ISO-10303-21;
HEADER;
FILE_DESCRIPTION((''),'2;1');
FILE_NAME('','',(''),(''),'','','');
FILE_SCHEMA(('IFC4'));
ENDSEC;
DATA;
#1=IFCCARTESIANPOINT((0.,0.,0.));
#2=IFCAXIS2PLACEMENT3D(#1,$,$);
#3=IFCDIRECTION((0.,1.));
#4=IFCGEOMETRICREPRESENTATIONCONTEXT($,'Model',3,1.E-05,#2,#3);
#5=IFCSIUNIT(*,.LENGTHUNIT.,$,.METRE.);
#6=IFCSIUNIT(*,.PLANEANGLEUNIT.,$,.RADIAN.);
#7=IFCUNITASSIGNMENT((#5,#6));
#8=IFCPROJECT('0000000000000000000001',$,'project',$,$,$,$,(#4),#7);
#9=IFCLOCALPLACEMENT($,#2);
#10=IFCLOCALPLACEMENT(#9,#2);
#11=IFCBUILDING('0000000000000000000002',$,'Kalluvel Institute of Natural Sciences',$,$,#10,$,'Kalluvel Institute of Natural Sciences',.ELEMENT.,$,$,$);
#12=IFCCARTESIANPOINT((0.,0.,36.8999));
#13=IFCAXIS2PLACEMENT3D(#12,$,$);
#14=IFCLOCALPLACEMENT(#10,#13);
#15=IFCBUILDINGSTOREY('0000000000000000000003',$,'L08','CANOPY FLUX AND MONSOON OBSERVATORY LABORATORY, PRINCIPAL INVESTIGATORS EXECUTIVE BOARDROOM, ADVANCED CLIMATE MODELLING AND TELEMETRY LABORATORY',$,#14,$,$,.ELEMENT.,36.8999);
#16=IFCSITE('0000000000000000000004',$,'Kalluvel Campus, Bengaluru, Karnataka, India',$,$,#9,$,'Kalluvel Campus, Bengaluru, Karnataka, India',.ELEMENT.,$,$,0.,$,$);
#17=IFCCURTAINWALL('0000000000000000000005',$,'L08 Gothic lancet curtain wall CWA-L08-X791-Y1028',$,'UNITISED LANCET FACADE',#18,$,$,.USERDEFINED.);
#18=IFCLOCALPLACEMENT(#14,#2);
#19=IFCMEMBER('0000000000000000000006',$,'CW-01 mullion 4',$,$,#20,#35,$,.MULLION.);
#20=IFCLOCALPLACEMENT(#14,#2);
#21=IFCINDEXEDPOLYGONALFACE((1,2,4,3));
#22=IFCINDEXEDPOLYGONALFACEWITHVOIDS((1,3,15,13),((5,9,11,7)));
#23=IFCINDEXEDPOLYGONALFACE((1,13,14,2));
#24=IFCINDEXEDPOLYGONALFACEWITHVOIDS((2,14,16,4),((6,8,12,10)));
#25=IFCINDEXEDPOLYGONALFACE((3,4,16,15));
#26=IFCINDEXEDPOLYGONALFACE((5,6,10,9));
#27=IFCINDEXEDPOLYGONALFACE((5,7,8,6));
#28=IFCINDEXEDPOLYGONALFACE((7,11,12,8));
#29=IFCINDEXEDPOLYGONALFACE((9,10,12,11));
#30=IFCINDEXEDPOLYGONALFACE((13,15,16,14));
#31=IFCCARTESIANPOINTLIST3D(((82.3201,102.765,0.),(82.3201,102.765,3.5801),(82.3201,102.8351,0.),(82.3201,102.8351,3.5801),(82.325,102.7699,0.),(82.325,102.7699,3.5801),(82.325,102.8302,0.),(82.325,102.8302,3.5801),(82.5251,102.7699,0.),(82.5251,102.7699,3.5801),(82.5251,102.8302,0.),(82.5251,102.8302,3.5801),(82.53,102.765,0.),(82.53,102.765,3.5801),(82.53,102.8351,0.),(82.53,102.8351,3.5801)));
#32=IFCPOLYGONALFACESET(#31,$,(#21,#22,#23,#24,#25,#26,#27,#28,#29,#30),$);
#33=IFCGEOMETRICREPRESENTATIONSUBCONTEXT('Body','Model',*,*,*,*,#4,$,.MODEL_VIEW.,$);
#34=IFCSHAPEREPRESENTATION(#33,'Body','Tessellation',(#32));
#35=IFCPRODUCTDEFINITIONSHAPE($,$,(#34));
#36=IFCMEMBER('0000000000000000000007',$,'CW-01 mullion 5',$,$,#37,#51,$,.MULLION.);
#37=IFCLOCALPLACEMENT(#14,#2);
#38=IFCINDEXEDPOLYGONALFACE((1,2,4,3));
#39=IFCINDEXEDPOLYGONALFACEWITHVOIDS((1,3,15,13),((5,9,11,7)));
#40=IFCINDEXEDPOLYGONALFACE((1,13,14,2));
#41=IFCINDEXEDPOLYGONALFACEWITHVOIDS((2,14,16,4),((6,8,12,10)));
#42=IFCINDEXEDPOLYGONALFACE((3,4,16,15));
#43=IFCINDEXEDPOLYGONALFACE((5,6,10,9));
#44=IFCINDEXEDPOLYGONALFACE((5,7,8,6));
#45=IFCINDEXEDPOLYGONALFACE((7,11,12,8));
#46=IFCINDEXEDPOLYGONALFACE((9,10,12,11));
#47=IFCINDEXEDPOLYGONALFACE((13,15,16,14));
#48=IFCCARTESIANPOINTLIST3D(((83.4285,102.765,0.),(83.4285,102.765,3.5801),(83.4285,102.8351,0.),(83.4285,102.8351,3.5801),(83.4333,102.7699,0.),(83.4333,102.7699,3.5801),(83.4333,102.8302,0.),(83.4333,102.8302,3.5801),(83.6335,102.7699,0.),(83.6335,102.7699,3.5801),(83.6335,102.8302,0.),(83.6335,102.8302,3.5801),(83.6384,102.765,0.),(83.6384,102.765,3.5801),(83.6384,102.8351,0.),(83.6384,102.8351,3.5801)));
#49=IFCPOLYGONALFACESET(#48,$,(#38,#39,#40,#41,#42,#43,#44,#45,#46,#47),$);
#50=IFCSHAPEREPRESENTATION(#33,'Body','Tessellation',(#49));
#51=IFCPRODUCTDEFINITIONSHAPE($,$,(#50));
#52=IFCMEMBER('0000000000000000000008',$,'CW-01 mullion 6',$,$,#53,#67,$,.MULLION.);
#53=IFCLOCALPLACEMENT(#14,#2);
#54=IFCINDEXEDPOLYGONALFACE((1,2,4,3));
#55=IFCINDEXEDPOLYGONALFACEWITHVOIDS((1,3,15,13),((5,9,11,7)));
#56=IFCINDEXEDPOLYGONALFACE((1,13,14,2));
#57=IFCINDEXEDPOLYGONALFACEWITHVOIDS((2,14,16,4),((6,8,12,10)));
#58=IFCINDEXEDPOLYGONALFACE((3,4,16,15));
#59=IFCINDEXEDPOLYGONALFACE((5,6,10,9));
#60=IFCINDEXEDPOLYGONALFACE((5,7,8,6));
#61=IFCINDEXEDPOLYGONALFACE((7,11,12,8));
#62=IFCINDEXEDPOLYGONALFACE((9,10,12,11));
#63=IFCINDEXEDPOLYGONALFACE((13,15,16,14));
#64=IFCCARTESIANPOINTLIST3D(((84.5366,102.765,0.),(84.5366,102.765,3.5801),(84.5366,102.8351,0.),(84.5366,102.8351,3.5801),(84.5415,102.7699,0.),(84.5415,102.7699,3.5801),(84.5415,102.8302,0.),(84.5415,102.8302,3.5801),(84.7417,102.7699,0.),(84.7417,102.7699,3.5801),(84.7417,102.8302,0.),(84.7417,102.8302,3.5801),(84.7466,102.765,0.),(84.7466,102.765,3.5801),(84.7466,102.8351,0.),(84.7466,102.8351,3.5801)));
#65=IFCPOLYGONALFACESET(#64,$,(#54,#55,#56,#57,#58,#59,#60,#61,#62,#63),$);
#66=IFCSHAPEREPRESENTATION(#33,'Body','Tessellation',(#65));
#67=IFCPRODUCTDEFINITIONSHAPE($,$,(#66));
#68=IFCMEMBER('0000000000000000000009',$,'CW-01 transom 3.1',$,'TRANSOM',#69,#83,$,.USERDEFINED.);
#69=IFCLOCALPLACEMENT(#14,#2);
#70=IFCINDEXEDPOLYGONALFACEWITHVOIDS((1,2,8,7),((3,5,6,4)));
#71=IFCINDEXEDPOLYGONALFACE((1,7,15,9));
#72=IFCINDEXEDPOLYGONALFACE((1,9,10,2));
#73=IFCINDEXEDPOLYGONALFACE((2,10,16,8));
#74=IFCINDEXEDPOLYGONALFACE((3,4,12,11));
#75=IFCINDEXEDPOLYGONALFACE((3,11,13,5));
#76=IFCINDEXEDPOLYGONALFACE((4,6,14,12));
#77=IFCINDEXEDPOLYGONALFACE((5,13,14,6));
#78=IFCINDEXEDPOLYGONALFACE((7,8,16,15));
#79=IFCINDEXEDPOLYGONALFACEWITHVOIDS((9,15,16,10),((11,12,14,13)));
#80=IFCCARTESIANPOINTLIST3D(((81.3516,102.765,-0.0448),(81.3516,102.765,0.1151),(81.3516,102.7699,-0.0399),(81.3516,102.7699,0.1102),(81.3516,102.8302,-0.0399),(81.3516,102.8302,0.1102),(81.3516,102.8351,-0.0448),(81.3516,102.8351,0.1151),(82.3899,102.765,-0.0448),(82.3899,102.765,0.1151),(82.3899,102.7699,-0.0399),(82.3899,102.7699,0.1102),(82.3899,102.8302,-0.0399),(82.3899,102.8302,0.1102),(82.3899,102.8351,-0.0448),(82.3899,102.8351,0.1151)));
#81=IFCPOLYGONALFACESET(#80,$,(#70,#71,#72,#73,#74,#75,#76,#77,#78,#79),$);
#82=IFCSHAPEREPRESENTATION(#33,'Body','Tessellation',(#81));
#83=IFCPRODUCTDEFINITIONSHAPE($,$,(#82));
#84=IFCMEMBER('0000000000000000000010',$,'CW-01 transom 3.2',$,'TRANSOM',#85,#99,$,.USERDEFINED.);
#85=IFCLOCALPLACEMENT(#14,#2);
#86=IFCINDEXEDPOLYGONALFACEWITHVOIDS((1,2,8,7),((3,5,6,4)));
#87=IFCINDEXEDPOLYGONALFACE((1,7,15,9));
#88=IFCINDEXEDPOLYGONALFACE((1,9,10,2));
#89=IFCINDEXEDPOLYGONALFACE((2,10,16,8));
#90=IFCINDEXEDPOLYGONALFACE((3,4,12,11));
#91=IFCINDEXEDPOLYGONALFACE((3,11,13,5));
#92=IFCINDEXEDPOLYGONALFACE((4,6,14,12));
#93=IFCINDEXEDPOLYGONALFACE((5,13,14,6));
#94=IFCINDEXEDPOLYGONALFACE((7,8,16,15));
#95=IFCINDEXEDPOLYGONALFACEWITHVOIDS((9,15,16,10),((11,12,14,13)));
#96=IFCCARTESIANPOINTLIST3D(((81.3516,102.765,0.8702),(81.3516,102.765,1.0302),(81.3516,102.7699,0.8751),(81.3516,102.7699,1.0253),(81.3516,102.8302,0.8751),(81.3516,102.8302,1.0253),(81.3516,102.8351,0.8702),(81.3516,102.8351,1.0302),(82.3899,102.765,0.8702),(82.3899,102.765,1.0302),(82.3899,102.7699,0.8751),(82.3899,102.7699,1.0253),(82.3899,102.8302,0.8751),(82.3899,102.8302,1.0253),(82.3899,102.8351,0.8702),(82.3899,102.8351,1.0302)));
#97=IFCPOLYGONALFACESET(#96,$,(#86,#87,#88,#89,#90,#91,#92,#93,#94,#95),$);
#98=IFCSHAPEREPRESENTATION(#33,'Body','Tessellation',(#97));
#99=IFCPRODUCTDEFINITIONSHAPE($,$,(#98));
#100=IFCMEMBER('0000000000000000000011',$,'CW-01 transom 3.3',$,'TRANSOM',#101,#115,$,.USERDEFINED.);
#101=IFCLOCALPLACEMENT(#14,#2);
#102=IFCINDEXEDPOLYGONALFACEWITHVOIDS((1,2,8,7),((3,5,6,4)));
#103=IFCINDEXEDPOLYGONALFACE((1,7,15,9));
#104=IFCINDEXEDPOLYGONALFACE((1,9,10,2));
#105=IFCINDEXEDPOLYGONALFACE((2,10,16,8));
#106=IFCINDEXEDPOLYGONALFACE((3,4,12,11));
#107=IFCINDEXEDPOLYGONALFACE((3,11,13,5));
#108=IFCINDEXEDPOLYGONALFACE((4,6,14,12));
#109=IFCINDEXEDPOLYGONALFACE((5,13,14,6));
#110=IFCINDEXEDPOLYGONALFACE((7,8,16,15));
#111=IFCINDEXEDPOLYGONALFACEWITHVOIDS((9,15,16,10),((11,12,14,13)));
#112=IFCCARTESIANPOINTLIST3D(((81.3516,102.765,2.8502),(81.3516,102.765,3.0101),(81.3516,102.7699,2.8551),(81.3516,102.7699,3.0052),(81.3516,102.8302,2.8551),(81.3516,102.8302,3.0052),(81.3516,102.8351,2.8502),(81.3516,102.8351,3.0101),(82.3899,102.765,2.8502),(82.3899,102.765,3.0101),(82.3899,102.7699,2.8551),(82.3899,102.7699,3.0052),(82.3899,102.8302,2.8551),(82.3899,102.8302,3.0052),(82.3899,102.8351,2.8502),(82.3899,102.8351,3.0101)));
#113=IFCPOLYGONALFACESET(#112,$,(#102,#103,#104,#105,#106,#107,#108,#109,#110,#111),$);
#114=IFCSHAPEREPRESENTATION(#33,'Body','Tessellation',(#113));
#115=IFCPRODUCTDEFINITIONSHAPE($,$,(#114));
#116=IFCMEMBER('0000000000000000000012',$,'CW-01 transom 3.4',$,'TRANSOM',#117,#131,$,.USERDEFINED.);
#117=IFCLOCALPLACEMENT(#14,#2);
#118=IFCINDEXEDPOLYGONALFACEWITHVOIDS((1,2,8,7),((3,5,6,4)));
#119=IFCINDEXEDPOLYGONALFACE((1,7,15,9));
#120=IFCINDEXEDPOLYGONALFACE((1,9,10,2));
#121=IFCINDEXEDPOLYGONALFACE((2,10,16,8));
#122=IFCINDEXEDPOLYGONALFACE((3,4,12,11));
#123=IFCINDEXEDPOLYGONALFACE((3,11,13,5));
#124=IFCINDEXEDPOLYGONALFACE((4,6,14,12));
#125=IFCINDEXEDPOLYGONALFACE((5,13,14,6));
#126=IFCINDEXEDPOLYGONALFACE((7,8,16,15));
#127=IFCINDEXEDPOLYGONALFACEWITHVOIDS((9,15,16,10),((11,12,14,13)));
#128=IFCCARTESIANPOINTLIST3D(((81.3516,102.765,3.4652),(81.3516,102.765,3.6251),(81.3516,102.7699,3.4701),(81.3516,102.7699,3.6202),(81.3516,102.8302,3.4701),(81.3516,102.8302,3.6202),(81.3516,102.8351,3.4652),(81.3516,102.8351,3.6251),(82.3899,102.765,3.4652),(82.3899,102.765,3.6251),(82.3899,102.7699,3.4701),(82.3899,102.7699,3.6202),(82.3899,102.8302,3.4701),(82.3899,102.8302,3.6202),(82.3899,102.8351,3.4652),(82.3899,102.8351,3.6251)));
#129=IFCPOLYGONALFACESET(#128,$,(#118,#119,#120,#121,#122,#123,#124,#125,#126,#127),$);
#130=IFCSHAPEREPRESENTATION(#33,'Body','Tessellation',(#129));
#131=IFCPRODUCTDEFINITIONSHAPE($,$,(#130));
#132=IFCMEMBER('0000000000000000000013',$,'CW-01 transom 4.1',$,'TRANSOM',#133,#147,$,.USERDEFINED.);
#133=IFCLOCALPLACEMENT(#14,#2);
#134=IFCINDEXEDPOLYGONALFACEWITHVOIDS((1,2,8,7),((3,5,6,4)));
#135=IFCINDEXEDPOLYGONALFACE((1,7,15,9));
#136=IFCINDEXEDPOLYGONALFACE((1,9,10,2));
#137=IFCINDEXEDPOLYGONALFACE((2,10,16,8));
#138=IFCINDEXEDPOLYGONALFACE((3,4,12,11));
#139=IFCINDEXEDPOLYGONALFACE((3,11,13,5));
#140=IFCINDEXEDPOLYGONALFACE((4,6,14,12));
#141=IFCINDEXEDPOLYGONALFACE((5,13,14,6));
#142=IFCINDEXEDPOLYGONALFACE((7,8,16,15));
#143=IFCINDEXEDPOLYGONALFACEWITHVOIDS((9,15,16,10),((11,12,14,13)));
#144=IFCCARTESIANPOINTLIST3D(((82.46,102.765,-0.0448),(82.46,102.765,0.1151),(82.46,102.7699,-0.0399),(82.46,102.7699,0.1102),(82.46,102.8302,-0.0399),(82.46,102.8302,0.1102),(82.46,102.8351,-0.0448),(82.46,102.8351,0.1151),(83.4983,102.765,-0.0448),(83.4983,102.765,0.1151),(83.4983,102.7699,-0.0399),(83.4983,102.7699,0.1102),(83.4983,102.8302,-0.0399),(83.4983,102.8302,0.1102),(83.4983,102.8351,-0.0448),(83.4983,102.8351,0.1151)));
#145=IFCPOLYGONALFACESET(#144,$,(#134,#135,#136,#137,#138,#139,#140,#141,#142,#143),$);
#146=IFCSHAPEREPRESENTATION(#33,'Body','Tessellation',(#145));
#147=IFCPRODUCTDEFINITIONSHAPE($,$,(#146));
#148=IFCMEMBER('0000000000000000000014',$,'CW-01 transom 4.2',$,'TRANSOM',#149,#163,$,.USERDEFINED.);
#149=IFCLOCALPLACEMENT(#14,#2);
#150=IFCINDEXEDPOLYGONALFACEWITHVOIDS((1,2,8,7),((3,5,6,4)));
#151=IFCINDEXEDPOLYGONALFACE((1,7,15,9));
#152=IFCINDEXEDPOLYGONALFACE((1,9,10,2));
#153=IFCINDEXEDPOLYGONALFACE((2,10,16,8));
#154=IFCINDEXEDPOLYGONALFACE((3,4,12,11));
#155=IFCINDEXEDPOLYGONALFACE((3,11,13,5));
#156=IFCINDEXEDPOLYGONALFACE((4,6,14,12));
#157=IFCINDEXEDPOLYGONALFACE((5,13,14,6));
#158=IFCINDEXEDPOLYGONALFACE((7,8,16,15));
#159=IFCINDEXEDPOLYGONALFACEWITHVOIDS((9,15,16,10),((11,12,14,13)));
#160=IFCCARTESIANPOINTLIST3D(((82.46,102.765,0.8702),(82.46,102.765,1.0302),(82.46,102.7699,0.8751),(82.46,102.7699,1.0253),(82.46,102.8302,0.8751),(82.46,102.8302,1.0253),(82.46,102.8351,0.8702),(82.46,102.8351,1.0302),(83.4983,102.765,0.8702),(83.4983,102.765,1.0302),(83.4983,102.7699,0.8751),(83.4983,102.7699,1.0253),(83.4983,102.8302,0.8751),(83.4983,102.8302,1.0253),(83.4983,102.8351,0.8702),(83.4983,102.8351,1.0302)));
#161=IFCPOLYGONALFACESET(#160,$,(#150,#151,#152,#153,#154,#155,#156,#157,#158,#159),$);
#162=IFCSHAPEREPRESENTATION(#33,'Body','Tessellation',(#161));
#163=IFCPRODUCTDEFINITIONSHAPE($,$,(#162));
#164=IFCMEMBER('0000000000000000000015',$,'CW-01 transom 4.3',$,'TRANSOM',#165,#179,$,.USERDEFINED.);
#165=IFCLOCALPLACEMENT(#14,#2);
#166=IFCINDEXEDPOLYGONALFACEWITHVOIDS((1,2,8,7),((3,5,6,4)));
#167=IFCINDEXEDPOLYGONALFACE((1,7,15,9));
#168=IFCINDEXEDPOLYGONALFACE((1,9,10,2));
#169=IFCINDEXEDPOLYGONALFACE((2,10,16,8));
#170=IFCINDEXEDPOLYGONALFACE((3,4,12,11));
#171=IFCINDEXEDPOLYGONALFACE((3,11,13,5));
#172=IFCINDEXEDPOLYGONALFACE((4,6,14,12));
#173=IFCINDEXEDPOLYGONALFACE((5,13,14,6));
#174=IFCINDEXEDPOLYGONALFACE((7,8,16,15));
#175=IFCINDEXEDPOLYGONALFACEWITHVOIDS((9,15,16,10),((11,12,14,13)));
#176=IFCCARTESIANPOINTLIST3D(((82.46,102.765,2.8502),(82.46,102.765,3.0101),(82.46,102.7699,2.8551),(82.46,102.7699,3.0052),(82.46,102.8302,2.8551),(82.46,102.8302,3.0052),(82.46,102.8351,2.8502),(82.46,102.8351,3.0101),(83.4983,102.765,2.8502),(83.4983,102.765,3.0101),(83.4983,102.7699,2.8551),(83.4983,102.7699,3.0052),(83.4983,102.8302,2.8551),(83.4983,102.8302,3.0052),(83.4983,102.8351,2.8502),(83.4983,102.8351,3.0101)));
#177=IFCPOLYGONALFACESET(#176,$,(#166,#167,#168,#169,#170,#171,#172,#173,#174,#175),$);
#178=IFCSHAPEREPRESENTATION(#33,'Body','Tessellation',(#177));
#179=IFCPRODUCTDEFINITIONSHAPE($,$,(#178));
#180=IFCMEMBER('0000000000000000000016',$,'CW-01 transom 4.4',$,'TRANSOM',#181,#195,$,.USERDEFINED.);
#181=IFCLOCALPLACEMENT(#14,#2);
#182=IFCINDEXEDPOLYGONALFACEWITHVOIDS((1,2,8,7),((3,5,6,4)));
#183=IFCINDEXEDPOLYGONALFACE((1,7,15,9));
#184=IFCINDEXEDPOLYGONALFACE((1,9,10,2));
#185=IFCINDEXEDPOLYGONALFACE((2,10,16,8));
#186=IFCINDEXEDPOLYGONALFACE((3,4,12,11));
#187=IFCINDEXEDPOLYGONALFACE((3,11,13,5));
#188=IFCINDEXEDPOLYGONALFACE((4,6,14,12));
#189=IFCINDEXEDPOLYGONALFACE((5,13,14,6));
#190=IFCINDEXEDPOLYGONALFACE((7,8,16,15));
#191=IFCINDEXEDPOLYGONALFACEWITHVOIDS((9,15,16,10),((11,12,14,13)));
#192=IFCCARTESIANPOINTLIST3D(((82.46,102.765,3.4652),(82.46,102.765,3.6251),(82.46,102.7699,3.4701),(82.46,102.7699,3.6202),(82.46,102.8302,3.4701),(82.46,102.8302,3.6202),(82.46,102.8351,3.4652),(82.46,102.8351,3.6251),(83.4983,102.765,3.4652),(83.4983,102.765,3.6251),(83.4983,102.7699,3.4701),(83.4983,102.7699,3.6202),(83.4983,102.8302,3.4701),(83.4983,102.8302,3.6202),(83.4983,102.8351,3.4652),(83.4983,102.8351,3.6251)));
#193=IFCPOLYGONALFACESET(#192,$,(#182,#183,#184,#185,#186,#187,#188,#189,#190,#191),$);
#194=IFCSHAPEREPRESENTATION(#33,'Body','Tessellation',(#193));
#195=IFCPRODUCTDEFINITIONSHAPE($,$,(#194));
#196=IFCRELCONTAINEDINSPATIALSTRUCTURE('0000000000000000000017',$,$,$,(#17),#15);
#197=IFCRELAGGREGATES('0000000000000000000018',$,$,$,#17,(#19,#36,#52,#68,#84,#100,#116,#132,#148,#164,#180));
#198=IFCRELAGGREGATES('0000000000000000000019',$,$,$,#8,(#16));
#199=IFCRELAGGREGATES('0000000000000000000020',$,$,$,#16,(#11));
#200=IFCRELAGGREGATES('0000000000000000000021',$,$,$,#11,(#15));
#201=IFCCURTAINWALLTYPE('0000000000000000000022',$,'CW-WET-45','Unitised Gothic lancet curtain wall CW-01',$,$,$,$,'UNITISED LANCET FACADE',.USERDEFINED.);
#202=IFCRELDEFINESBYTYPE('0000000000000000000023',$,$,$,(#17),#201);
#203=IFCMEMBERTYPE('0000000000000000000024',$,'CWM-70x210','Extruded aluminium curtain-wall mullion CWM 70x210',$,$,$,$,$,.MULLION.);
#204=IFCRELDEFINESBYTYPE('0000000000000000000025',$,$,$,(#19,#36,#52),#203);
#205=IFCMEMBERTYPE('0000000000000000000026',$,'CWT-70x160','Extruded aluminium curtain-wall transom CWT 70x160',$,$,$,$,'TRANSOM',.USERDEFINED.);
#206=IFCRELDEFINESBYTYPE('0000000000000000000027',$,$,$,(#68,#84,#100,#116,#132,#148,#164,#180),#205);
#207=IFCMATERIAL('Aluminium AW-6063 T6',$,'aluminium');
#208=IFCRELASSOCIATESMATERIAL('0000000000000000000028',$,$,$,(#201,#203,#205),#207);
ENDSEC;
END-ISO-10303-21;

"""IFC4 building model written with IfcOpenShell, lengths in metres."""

from ifc_helpers import new_model, si_unit, direction, frame, origin, origin_2d, place, context, subcontext, project, spatial, hollow_rectangle, extrude, material, material_profile, profile_set, type_object, element, aggregate, save


model = new_model("IFC4")

# Units and contexts
model_context = context("Model", 3, precision=1e-05, world=origin(), true_north=direction((0.0, 1.0)))
body_context = subcontext(model_context, "Body", "Model", "MODEL_VIEW")
ifc_project = project(units=[si_unit("LENGTHUNIT", "METRE"), si_unit("PLANEANGLEUNIT", "RADIAN")], contexts=[model_context])

# Site, building, storey
site_placement = place(None, origin())
site = spatial("IfcSite", under=ifc_project, at=site_placement, Name="Kalluvel Campus, Bengaluru, Karnataka, India", LongName="Kalluvel Campus, Bengaluru, Karnataka, India", CompositionType="ELEMENT", RefElevation=0.0)
building_placement = place(site_placement, origin())
building = spatial("IfcBuilding", under=site, at=building_placement, Name="Kalluvel Institute of Natural Sciences", LongName="Kalluvel Institute of Natural Sciences", CompositionType="ELEMENT")
storey_placement = place(building_placement, frame((0.0, 0.0, 36.8999)))
storey = spatial("IfcBuildingStorey", under=building, at=storey_placement, Name="L08", Description="CANOPY FLUX AND MONSOON OBSERVATORY LABORATORY, PRINCIPAL INVESTIGATORS EXECUTIVE BOARDROOM, ADVANCED CLIMATE MODELLING AND TELEMETRY LABORATORY", CompositionType="ELEMENT", Elevation=36.8999)

# Curtain wall, members
ifc_material_1 = material(Name="Aluminium AW-6063 T6", Category="aluminium")
curtain_wall_type = type_object("IfcCurtainWallType", Name="CW-WET-45", Description="Unitised Gothic lancet curtain wall CW-01", ElementType="UNITISED LANCET FACADE", PredefinedType="USERDEFINED", material=ifc_material_1)
curtain_wall_placement = place(storey_placement, origin())
curtain_wall = element("IfcCurtainWall", 1, at=curtain_wall_placement, inside=storey, type_object=curtain_wall_type, Name="L08 Gothic lancet curtain wall CWA-L08-X791-Y1028", ObjectType="UNITISED LANCET FACADE", PredefinedType="USERDEFINED")
ifc_material_profile_1 = material_profile(ifc_material_1, hollow_rectangle(XDim=0.0701, YDim=0.21, WallThickness=0.0049, at=origin_2d()), Name="CWM 70x210")
ifc_profile_set_1 = profile_set([ifc_material_profile_1], Name="Aluminium AW-6063 T6")
member_type_1 = type_object("IfcMemberType", Name="CWM-70x210", Description="Extruded aluminium curtain-wall mullion CWM 70x210", PredefinedType="MULLION", material=ifc_profile_set_1)
member_1_placement = place(storey_placement, frame((82.425, 102.8, 0.0), z_axis=(0.0, 0.0, 1.0), x_axis=(0.0, 1.0, 0.0)))
member_1 = element("IfcMember", 2, at=member_1_placement, type_object=member_type_1, Name="CW-01 mullion 4", PredefinedType="MULLION", context=body_context, shape_type="SweptSolid", body=[
    extrude(hollow_rectangle(XDim=0.0701, YDim=0.21, WallThickness=0.0049, at=origin_2d()), origin(), (0.0, 0.0, 1.0), 3.5801),
])
member_2_placement = place(storey_placement, frame((83.5334, 102.8, 0.0), z_axis=(0.0, 0.0, 1.0), x_axis=(0.0, 1.0, 0.0)))
member_2 = element("IfcMember", 3, at=member_2_placement, type_object=member_type_1, Name="CW-01 mullion 5", PredefinedType="MULLION", context=body_context, shape_type="SweptSolid", body=[
    extrude(hollow_rectangle(XDim=0.0701, YDim=0.21, WallThickness=0.0049, at=origin_2d()), origin(), (0.0, 0.0, 1.0), 3.5801),
])
member_3_placement = place(storey_placement, frame((84.6416, 102.8, 0.0), z_axis=(0.0, 0.0, 1.0), x_axis=(0.0, 1.0, 0.0)))
member_3 = element("IfcMember", 4, at=member_3_placement, type_object=member_type_1, Name="CW-01 mullion 6", PredefinedType="MULLION", context=body_context, shape_type="SweptSolid", body=[
    extrude(hollow_rectangle(XDim=0.0701, YDim=0.21, WallThickness=0.0049, at=origin_2d()), origin(), (0.0, 0.0, 1.0), 3.5801),
])
ifc_material_profile_2 = material_profile(ifc_material_1, hollow_rectangle(XDim=0.0701, YDim=0.1599, WallThickness=0.0049, at=origin_2d()), Name="CWT 70x160")
ifc_profile_set_2 = profile_set([ifc_material_profile_2], Name="Aluminium AW-6063 T6")
member_type_2 = type_object("IfcMemberType", Name="CWT-70x160", Description="Extruded aluminium curtain-wall transom CWT 70x160", ElementType="TRANSOM", PredefinedType="USERDEFINED", material=ifc_profile_set_2)
member_4_placement = place(storey_placement, frame((81.3516, 102.8, 0.0352), z_axis=(1.0, 0.0, 0.0), x_axis=(0.0, 1.0, 0.0)))
member_4 = element("IfcMember", 5, at=member_4_placement, type_object=member_type_2, Name="CW-01 transom 3.1", ObjectType="TRANSOM", PredefinedType="USERDEFINED", context=body_context, shape_type="SweptSolid", body=[
    extrude(hollow_rectangle(XDim=0.0701, YDim=0.1599, WallThickness=0.0049, at=origin_2d()), origin(), (0.0, 0.0, 1.0), 1.0383),
])
member_5_placement = place(storey_placement, frame((81.3516, 102.8, 0.9502), z_axis=(1.0, 0.0, 0.0), x_axis=(0.0, 1.0, 0.0)))
member_5 = element("IfcMember", 6, at=member_5_placement, type_object=member_type_2, Name="CW-01 transom 3.2", ObjectType="TRANSOM", PredefinedType="USERDEFINED", context=body_context, shape_type="SweptSolid", body=[
    extrude(hollow_rectangle(XDim=0.0701, YDim=0.1599, WallThickness=0.0049, at=origin_2d()), origin(), (0.0, 0.0, 1.0), 1.0383),
])
member_6_placement = place(storey_placement, frame((81.3516, 102.8, 2.9302), z_axis=(1.0, 0.0, 0.0), x_axis=(0.0, 1.0, 0.0)))
member_6 = element("IfcMember", 7, at=member_6_placement, type_object=member_type_2, Name="CW-01 transom 3.3", ObjectType="TRANSOM", PredefinedType="USERDEFINED", context=body_context, shape_type="SweptSolid", body=[
    extrude(hollow_rectangle(XDim=0.0701, YDim=0.1599, WallThickness=0.0049, at=origin_2d()), origin(), (0.0, 0.0, 1.0), 1.0383),
])
member_7_placement = place(storey_placement, frame((81.3516, 102.8, 3.5452), z_axis=(1.0, 0.0, 0.0), x_axis=(0.0, 1.0, 0.0)))
member_7 = element("IfcMember", 8, at=member_7_placement, type_object=member_type_2, Name="CW-01 transom 3.4", ObjectType="TRANSOM", PredefinedType="USERDEFINED", context=body_context, shape_type="SweptSolid", body=[
    extrude(hollow_rectangle(XDim=0.0701, YDim=0.1599, WallThickness=0.0049, at=origin_2d()), origin(), (0.0, 0.0, 1.0), 1.0383),
])
member_8_placement = place(storey_placement, frame((82.46, 102.8, 0.0352), z_axis=(1.0, 0.0, 0.0), x_axis=(0.0, 1.0, 0.0)))
member_8 = element("IfcMember", 9, at=member_8_placement, type_object=member_type_2, Name="CW-01 transom 4.1", ObjectType="TRANSOM", PredefinedType="USERDEFINED", context=body_context, shape_type="SweptSolid", body=[
    extrude(hollow_rectangle(XDim=0.0701, YDim=0.1599, WallThickness=0.0049, at=origin_2d()), origin(), (0.0, 0.0, 1.0), 1.0383),
])
member_9_placement = place(storey_placement, frame((82.46, 102.8, 0.9502), z_axis=(1.0, 0.0, 0.0), x_axis=(0.0, 1.0, 0.0)))
member_9 = element("IfcMember", 10, at=member_9_placement, type_object=member_type_2, Name="CW-01 transom 4.2", ObjectType="TRANSOM", PredefinedType="USERDEFINED", context=body_context, shape_type="SweptSolid", body=[
    extrude(hollow_rectangle(XDim=0.0701, YDim=0.1599, WallThickness=0.0049, at=origin_2d()), origin(), (0.0, 0.0, 1.0), 1.0383),
])
member_10_placement = place(storey_placement, frame((82.46, 102.8, 2.9302), z_axis=(1.0, 0.0, 0.0), x_axis=(0.0, 1.0, 0.0)))
member_10 = element("IfcMember", 11, at=member_10_placement, type_object=member_type_2, Name="CW-01 transom 4.3", ObjectType="TRANSOM", PredefinedType="USERDEFINED", context=body_context, shape_type="SweptSolid", body=[
    extrude(hollow_rectangle(XDim=0.0701, YDim=0.1599, WallThickness=0.0049, at=origin_2d()), origin(), (0.0, 0.0, 1.0), 1.0383),
])
member_11_placement = place(storey_placement, frame((82.46, 102.8, 3.5452), z_axis=(1.0, 0.0, 0.0), x_axis=(0.0, 1.0, 0.0)))
member_11 = element("IfcMember", 12, at=member_11_placement, type_object=member_type_2, Name="CW-01 transom 4.4", ObjectType="TRANSOM", PredefinedType="USERDEFINED", context=body_context, shape_type="SweptSolid", body=[
    extrude(hollow_rectangle(XDim=0.0701, YDim=0.1599, WallThickness=0.0049, at=origin_2d()), origin(), (0.0, 0.0, 1.0), 1.0383),
])

aggregate(curtain_wall, [member_1, member_2, member_3, member_4, member_5, member_6, member_7, member_8, member_9, member_10, member_11])

save(model, "model.ifc")
